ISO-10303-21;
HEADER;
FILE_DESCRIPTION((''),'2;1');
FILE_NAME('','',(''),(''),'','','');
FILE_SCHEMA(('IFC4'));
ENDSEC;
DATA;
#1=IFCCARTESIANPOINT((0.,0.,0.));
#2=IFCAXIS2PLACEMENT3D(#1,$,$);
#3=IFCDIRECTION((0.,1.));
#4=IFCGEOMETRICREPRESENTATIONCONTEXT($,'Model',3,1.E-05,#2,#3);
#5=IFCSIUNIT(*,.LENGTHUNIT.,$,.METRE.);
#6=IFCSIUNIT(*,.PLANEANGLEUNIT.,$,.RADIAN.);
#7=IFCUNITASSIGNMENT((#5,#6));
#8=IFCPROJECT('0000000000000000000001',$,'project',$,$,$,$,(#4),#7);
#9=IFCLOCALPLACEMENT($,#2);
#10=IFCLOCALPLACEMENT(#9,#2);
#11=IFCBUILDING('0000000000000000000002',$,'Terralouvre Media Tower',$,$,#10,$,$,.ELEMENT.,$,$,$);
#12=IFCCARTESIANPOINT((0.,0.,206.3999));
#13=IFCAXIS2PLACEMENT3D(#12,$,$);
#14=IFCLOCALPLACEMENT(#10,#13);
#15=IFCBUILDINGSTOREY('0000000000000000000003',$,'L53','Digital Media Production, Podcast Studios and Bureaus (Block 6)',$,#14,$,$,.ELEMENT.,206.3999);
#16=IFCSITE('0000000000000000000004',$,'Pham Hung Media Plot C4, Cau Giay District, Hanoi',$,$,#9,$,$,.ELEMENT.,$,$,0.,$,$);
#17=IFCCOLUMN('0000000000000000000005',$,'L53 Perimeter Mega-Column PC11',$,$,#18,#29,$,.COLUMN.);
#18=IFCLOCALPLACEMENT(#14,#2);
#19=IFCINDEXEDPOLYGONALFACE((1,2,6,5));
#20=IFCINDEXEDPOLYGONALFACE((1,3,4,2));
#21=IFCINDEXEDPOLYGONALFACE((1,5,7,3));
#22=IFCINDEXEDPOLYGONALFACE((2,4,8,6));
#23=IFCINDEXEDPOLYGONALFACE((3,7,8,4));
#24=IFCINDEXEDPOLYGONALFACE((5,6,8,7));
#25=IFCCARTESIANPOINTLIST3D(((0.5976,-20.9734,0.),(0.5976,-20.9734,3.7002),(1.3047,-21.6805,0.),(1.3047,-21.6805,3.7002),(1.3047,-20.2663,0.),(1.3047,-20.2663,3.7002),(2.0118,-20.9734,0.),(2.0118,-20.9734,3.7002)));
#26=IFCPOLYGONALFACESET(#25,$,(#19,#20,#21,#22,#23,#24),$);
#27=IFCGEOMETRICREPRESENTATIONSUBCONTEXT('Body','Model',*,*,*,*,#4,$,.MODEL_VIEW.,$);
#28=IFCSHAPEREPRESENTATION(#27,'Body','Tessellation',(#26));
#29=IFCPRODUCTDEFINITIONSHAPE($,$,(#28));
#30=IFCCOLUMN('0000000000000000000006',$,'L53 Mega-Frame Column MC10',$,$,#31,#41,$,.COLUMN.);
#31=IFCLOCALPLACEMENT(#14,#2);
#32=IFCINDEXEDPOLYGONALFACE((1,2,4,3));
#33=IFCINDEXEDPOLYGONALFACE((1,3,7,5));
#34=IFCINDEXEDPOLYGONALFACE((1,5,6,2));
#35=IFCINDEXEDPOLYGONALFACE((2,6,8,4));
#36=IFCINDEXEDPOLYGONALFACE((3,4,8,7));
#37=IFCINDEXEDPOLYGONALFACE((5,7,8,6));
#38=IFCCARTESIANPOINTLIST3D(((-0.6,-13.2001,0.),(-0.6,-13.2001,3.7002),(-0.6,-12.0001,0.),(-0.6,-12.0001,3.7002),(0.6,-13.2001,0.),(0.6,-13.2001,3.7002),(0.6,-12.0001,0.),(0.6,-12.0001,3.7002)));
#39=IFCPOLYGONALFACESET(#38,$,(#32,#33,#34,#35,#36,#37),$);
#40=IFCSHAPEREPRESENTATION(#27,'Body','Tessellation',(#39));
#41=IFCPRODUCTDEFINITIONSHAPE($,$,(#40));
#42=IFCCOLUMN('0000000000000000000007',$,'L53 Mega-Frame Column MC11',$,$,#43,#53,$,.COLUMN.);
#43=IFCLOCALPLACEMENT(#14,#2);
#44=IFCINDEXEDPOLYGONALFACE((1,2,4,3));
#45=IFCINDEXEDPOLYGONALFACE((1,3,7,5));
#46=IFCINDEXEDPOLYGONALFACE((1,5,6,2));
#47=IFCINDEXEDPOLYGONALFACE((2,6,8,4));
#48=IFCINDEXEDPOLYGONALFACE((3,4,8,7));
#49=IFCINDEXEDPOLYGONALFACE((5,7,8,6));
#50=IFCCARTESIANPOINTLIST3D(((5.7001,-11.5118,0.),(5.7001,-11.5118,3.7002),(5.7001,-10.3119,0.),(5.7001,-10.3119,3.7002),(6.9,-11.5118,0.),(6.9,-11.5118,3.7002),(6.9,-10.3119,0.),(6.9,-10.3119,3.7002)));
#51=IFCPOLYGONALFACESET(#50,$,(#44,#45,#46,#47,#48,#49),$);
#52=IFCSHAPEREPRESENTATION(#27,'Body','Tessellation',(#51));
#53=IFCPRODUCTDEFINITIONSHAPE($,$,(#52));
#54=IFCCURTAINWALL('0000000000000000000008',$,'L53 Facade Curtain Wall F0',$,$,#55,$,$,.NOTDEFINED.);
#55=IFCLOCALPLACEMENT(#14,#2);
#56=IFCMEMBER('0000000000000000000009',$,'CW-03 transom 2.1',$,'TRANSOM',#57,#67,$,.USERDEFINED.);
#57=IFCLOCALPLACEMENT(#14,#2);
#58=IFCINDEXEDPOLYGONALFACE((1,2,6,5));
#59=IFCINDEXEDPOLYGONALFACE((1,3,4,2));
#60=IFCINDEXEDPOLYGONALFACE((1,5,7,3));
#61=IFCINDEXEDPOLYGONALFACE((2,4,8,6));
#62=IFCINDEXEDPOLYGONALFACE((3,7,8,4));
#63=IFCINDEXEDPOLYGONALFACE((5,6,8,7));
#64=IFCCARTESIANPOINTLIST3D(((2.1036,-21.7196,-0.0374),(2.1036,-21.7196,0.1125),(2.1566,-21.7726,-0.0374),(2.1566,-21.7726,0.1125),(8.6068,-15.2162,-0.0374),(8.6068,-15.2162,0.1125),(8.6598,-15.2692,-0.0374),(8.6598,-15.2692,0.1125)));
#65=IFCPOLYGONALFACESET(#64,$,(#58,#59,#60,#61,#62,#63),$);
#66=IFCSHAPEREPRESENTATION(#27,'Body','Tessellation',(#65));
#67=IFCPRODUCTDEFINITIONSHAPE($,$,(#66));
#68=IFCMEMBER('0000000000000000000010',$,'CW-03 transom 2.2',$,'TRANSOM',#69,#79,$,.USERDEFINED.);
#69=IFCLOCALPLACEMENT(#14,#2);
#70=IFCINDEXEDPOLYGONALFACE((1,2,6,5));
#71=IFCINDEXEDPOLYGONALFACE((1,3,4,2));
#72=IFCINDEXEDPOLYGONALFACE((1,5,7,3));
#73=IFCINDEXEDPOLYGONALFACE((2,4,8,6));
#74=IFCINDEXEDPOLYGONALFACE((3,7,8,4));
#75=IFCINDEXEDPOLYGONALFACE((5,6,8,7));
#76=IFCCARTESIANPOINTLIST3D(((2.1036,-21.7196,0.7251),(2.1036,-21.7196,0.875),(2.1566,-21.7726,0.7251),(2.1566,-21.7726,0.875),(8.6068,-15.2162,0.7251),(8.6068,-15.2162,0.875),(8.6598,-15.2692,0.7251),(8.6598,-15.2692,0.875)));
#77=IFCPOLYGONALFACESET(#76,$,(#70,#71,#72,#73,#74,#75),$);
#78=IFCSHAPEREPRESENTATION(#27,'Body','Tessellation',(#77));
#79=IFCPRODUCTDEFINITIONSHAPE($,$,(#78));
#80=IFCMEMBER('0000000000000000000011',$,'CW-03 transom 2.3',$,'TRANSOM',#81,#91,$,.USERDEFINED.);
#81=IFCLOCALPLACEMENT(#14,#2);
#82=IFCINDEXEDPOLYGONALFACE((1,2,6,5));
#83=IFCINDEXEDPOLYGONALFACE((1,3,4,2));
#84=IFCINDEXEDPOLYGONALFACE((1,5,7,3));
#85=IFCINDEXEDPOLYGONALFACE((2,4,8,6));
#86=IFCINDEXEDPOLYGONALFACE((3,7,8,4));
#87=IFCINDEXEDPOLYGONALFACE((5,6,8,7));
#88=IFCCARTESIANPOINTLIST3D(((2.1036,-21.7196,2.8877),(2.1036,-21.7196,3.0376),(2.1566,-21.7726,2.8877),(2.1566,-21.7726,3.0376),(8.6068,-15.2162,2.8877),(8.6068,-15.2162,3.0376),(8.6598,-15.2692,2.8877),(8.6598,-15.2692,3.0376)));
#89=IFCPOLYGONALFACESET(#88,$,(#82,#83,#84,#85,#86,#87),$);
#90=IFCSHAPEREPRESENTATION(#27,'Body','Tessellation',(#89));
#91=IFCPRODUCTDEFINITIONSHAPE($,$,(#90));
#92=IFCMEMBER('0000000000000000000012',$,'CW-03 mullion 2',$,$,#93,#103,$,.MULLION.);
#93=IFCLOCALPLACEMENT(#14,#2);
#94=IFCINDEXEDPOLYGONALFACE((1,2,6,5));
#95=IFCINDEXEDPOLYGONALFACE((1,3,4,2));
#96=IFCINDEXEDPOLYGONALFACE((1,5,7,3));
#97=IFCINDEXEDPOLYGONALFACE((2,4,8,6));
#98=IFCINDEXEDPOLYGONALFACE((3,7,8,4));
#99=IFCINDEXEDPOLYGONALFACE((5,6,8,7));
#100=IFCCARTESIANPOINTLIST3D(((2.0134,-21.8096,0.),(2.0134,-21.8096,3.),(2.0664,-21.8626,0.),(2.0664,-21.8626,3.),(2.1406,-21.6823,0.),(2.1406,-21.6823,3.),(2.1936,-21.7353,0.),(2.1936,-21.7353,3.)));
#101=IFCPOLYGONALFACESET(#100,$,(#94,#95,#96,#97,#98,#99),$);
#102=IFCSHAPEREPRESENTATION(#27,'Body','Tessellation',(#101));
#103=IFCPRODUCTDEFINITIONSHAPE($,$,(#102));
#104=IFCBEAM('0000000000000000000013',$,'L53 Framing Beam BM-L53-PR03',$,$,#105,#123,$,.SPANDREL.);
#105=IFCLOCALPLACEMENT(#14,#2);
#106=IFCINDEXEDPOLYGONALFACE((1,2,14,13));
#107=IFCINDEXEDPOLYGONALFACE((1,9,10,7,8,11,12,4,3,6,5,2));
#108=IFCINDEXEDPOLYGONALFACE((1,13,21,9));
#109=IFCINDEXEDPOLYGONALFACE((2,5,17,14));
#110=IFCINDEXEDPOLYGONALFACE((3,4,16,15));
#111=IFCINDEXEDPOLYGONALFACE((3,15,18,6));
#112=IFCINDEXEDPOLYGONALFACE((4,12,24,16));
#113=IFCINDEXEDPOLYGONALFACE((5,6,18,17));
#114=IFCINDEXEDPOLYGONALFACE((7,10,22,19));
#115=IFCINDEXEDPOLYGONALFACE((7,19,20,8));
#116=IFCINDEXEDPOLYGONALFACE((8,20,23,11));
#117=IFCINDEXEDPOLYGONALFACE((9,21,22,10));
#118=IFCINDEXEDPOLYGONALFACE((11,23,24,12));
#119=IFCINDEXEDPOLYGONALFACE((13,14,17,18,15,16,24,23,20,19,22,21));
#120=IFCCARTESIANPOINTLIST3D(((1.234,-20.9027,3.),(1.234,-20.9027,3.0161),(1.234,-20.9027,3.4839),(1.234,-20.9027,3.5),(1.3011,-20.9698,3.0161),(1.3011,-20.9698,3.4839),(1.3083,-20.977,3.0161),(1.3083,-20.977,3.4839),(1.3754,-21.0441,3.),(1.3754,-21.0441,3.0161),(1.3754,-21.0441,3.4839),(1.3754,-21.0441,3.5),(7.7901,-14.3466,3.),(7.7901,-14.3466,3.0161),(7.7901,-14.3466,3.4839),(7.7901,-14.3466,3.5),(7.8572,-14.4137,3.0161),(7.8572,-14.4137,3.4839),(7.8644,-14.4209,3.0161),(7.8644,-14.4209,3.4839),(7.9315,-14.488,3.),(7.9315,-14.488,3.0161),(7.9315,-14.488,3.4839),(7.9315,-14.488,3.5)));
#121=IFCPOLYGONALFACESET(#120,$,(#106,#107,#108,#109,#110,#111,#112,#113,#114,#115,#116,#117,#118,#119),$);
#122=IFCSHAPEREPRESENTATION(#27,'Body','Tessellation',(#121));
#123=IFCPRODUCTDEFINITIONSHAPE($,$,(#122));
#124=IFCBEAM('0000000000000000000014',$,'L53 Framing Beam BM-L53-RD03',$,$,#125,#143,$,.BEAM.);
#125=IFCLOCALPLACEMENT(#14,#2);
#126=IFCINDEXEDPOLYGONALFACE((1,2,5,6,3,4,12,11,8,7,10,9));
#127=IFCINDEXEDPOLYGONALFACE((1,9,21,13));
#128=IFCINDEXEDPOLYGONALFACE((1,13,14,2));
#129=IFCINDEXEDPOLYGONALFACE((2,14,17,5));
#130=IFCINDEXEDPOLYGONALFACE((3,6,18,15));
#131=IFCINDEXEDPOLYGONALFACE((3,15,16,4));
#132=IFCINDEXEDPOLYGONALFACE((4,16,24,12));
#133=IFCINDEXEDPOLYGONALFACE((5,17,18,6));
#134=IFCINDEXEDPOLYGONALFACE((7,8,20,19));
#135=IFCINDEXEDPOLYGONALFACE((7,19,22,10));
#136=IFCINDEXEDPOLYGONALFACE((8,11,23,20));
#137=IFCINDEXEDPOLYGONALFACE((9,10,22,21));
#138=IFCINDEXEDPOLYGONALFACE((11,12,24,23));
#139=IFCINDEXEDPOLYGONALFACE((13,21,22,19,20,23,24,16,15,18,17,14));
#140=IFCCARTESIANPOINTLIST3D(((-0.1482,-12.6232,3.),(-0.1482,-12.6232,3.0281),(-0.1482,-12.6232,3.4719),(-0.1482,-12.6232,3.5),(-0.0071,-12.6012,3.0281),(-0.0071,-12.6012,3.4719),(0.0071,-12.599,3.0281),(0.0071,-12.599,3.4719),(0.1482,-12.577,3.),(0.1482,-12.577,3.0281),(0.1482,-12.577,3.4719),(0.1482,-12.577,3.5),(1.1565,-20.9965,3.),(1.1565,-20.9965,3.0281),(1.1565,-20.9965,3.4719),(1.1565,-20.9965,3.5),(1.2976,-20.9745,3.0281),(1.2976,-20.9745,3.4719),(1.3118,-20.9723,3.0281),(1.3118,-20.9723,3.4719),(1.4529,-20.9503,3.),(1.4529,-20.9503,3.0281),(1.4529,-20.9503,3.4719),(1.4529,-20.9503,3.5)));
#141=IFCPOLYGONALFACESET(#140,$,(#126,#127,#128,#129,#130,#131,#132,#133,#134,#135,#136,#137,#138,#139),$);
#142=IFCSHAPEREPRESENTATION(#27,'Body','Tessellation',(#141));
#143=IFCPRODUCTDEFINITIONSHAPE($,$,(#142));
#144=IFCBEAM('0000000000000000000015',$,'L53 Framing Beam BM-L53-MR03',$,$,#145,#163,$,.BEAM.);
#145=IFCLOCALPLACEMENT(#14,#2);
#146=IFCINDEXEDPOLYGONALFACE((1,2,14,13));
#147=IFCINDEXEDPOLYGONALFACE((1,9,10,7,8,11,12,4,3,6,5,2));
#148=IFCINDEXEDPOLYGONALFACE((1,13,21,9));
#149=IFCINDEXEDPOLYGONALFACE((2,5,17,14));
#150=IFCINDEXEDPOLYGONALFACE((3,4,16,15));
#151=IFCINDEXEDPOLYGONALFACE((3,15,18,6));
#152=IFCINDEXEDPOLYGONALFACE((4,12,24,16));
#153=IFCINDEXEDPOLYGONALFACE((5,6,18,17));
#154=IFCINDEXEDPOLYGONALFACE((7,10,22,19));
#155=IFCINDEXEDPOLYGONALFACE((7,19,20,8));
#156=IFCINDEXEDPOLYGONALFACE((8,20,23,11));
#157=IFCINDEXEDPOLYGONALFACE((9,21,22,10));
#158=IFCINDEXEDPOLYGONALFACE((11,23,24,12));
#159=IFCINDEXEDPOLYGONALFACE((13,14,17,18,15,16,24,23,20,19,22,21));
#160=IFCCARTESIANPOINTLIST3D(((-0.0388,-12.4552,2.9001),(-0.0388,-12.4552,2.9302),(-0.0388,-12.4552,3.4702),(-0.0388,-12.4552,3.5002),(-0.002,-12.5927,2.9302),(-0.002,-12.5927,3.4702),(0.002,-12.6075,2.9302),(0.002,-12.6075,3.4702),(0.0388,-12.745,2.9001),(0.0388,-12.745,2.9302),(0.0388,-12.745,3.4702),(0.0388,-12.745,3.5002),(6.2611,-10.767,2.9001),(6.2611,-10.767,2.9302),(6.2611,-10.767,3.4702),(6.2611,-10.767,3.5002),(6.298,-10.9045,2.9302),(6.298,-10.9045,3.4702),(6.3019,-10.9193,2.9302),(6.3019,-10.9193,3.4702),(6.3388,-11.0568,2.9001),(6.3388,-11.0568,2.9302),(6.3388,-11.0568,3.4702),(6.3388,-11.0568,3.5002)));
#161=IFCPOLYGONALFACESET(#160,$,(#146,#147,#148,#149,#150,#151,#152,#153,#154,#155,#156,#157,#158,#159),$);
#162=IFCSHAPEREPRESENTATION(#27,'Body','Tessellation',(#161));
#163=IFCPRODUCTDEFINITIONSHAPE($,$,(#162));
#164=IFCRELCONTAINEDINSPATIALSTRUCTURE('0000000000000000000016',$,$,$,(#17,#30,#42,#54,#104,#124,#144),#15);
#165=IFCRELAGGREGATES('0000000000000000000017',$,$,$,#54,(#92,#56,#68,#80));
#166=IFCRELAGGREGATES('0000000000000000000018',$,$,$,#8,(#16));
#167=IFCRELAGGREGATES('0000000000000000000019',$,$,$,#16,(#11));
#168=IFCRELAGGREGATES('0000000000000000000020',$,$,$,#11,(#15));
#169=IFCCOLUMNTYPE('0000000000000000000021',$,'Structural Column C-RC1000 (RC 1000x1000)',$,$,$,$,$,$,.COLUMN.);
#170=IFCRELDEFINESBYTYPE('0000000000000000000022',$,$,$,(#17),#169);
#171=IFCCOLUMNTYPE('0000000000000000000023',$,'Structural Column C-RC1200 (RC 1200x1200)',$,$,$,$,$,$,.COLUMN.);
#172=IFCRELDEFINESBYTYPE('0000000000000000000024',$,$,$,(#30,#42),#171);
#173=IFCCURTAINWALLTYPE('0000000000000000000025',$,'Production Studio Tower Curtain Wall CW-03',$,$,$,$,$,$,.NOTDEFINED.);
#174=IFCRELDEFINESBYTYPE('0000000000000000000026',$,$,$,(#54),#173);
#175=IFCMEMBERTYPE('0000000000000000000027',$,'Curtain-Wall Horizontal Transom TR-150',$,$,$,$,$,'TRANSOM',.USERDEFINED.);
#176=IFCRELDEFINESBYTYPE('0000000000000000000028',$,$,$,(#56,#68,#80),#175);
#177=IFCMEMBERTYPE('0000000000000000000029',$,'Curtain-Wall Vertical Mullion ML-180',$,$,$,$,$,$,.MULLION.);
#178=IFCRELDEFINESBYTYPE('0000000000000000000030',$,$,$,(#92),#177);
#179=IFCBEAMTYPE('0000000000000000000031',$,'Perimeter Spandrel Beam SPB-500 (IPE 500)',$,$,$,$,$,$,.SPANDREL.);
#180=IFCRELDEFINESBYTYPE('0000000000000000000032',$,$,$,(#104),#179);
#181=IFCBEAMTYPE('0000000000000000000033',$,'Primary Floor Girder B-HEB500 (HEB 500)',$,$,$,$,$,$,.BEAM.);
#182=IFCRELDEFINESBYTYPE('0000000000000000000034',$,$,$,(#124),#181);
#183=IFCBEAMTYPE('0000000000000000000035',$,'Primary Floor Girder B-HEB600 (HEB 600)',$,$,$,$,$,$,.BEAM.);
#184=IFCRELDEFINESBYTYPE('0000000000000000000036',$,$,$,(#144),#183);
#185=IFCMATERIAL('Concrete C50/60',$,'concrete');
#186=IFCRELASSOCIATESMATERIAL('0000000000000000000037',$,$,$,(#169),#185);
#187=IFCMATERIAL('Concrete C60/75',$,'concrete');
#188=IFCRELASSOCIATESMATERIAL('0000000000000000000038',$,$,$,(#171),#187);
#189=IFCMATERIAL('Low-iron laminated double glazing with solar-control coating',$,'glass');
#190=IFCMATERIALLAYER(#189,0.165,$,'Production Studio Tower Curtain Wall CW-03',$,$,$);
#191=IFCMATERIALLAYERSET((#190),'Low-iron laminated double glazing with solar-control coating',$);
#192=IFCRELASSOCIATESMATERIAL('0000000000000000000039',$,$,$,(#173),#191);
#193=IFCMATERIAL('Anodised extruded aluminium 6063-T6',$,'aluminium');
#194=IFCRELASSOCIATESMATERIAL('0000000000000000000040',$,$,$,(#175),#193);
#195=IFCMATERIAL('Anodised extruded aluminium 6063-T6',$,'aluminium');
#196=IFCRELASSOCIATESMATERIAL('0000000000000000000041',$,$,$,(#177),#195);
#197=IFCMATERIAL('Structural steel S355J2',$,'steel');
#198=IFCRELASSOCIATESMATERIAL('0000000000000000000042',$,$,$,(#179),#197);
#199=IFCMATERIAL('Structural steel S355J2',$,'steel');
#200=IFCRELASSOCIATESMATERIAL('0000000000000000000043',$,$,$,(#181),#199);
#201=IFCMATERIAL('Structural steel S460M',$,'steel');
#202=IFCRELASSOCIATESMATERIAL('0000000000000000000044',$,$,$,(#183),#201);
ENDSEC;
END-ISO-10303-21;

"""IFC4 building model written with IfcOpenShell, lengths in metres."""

from ifc_helpers import new_model, si_unit, direction, frame, origin, origin_2d, place, context, subcontext, project, spatial, rectangle, i_section, extrude, material, layer, layer_set, material_profile, profile_set, type_object, element, aggregate, save


model = new_model("IFC4")

# Units and contexts
model_context = context("Model", 3, precision=1e-05, world=origin(), true_north=direction((0.0, 1.0)))
body_context = subcontext(model_context, "Body", "Model", "MODEL_VIEW")
ifc_project = project(units=[si_unit("LENGTHUNIT", "METRE"), si_unit("PLANEANGLEUNIT", "RADIAN")], contexts=[model_context])

# Site, building, storey
site_placement = place(None, origin())
site = spatial("IfcSite", under=ifc_project, at=site_placement, Name="Pham Hung Media Plot C4, Cau Giay District, Hanoi", CompositionType="ELEMENT", RefElevation=0.0)
building_placement = place(site_placement, origin())
building = spatial("IfcBuilding", under=site, at=building_placement, Name="Terralouvre Media Tower", CompositionType="ELEMENT")
storey_placement = place(building_placement, frame((0.0, 0.0, 206.3999)))
storey = spatial("IfcBuildingStorey", under=building, at=storey_placement, Name="L53", Description="Digital Media Production, Podcast Studios and Bureaus (Block 6)", CompositionType="ELEMENT", Elevation=206.3999)

# Columns
ifc_material_1 = material(Name="Concrete C50/60", Category="concrete")
ifc_material_profile_1 = material_profile(ifc_material_1, rectangle(XDim=1.0, YDim=1.0, at=origin_2d()), Name="RC 1000x1000")
ifc_profile_set_1 = profile_set([ifc_material_profile_1], Name="Concrete C50/60")
column_type_1 = type_object("IfcColumnType", Name="Structural Column C-RC1000 (RC 1000x1000)", PredefinedType="COLUMN", material=ifc_profile_set_1)
column_placement = place(storey_placement, frame((1.3047, -20.9734, 0.0), z_axis=(0.0, 0.0, 1.0), x_axis=(0.707107, 0.707107, 0.0)))
element("IfcColumn", 1, at=column_placement, inside=storey, type_object=column_type_1, Name="L53 Perimeter Mega-Column PC11", PredefinedType="COLUMN", context=body_context, shape_type="SweptSolid", body=[
    extrude(rectangle(XDim=1.0, YDim=1.0, at=origin_2d()), origin(), (0.0, 0.0, 1.0), 3.7002),
])
ifc_material_2 = material(Name="Concrete C60/75", Category="concrete")
ifc_material_profile_2 = material_profile(ifc_material_2, rectangle(XDim=1.2, YDim=1.2, at=origin_2d()), Name="RC 1200x1200")
ifc_profile_set_2 = profile_set([ifc_material_profile_2], Name="Concrete C60/75")
column_type_2 = type_object("IfcColumnType", Name="Structural Column C-RC1200 (RC 1200x1200)", PredefinedType="COLUMN", material=ifc_profile_set_2)
for number, where, z_axis, x_axis, name in (
    (2, (0.0, -12.6001, 0.0), (0.0, 0.0, 1.0), (1.0, 0.0, 0.0), "L53 Mega-Frame Column MC10"),
    (3, (6.3, -10.9119, 0.0), (0.0, 0.0, 1.0), (1.0, 0.0, 0.0), "L53 Mega-Frame Column MC11"),
):
    element("IfcColumn", number, at=place(storey_placement, frame(where, z_axis=z_axis, x_axis=x_axis)), inside=storey, type_object=column_type_2, Name=name, PredefinedType="COLUMN", context=body_context, shape_type="SweptSolid", body=[
        extrude(rectangle(XDim=1.2, YDim=1.2, at=origin_2d()), origin(), (0.0, 0.0, 1.0), 3.7002),
    ])

# Curtain wall, members
ifc_material_3 = material(Name="Low-iron laminated double glazing with solar-control coating", Category="glass")
ifc_layer_1 = layer(ifc_material_3, 0.165, Name="Production Studio Tower Curtain Wall CW-03")
ifc_layer_set_1 = layer_set([ifc_layer_1], Name="Low-iron laminated double glazing with solar-control coating")
curtain_wall_type = type_object("IfcCurtainWallType", Name="Production Studio Tower Curtain Wall CW-03", PredefinedType="NOTDEFINED", material=ifc_layer_set_1)
curtain_wall_placement = place(storey_placement, origin())
curtain_wall = element("IfcCurtainWall", 4, at=curtain_wall_placement, inside=storey, type_object=curtain_wall_type, Name="L53 Facade Curtain Wall F0", PredefinedType="NOTDEFINED")
ifc_material_4 = material(Name="Anodised extruded aluminium 6063-T6", Category="aluminium")
ifc_material_profile_3 = material_profile(ifc_material_4, rectangle(XDim=0.075, YDim=0.1499, at=origin_2d()), Name="ALU 75x150")
ifc_profile_set_3 = profile_set([ifc_material_profile_3], Name="Anodised extruded aluminium 6063-T6")
member_type_1 = type_object("IfcMemberType", Name="Curtain-Wall Horizontal Transom TR-150", ElementType="TRANSOM", PredefinedType="USERDEFINED", material=ifc_profile_set_3)
member_1_placement = place(storey_placement, frame((2.1301, -21.7461, 0.0376), z_axis=(0.707094, 0.70712, 0.0), x_axis=(-0.70712, 0.707094, 0.0)))
member_1 = element("IfcMember", 5, at=member_1_placement, type_object=member_type_1, Name="CW-03 transom 2.1", ObjectType="TRANSOM", PredefinedType="USERDEFINED", context=body_context, shape_type="SweptSolid", body=[
    extrude(rectangle(XDim=0.075, YDim=0.1499, at=origin_2d()), origin(), (0.0, 0.0, 1.0), 9.197),
])
member_2_placement = place(storey_placement, frame((2.1301, -21.7461, 0.8), z_axis=(0.707094, 0.70712, 0.0), x_axis=(-0.70712, 0.707094, 0.0)))
member_2 = element("IfcMember", 6, at=member_2_placement, type_object=member_type_1, Name="CW-03 transom 2.2", ObjectType="TRANSOM", PredefinedType="USERDEFINED", context=body_context, shape_type="SweptSolid", body=[
    extrude(rectangle(XDim=0.075, YDim=0.1499, at=origin_2d()), origin(), (0.0, 0.0, 1.0), 9.197),
])
member_3_placement = place(storey_placement, frame((2.1301, -21.7461, 2.9626), z_axis=(0.707094, 0.70712, 0.0), x_axis=(-0.70712, 0.707094, 0.0)))
member_3 = element("IfcMember", 7, at=member_3_placement, type_object=member_type_1, Name="CW-03 transom 2.3", ObjectType="TRANSOM", PredefinedType="USERDEFINED", context=body_context, shape_type="SweptSolid", body=[
    extrude(rectangle(XDim=0.075, YDim=0.1499, at=origin_2d()), origin(), (0.0, 0.0, 1.0), 9.197),
])
ifc_material_5 = material(Name="Anodised extruded aluminium 6063-T6", Category="aluminium")
ifc_material_profile_4 = material_profile(ifc_material_5, rectangle(XDim=0.075, YDim=0.1799, at=origin_2d()), Name="ALU 75x180")
ifc_profile_set_4 = profile_set([ifc_material_profile_4], Name="Anodised extruded aluminium 6063-T6")
member_type_2 = type_object("IfcMemberType", Name="Curtain-Wall Vertical Mullion ML-180", PredefinedType="MULLION", material=ifc_profile_set_4)
member_4_placement = place(storey_placement, frame((2.1035, -21.7725, 0.0), z_axis=(0.0, 0.0, 1.0), x_axis=(-0.707107, 0.707107, 0.0)))
member_4 = element("IfcMember", 8, at=member_4_placement, type_object=member_type_2, Name="CW-03 mullion 2", PredefinedType="MULLION", context=body_context, shape_type="SweptSolid", body=[
    extrude(rectangle(XDim=0.075, YDim=0.1799, at=origin_2d()), origin(), (0.0, 0.0, 1.0), 3.0),
])

# Beams
ifc_material_6 = material(Name="Structural steel S355J2", Category="steel")
ifc_material_profile_5 = material_profile(ifc_material_6, i_section(OverallWidth=0.2, OverallDepth=0.5, WebThickness=0.0103, FlangeThickness=0.0161, at=origin_2d()), Name="IPE 500")
ifc_profile_set_5 = profile_set([ifc_material_profile_5], Name="Structural steel S355J2")
beam_type_1 = type_object("IfcBeamType", Name="Perimeter Spandrel Beam SPB-500 (IPE 500)", PredefinedType="SPANDREL", material=ifc_profile_set_5)
beam_1_placement = place(storey_placement, frame((1.3047, -20.9734, 3.25), z_axis=(0.707107, 0.707107, 0.0), x_axis=(-0.707107, 0.707107, 0.0)))
element("IfcBeam", 9, at=beam_1_placement, inside=storey, type_object=beam_type_1, Name="L53 Framing Beam BM-L53-PR03", PredefinedType="SPANDREL", context=body_context, shape_type="SweptSolid", body=[
    extrude(i_section(OverallWidth=0.2, OverallDepth=0.5, WebThickness=0.0103, FlangeThickness=0.0161, at=origin_2d()), origin(), (0.0, 0.0, 1.0), 9.2717),
])
ifc_material_7 = material(Name="Structural steel S355J2", Category="steel")
ifc_material_profile_6 = material_profile(ifc_material_7, i_section(OverallWidth=0.3, OverallDepth=0.5, WebThickness=0.0144, FlangeThickness=0.0281, at=origin_2d()), Name="HEB 500")
ifc_profile_set_6 = profile_set([ifc_material_profile_6], Name="Structural steel S355J2")
beam_type_2 = type_object("IfcBeamType", Name="Primary Floor Girder B-HEB500 (HEB 500)", PredefinedType="BEAM", material=ifc_profile_set_6)
beam_2_placement = place(storey_placement, frame((0.0, -12.6001, 3.25), z_axis=(0.153958, -0.988077, 0.0), x_axis=(0.988077, 0.153958, 0.0)))
element("IfcBeam", 10, at=beam_2_placement, inside=storey, type_object=beam_type_2, Name="L53 Framing Beam BM-L53-RD03", PredefinedType="BEAM", context=body_context, shape_type="SweptSolid", body=[
    extrude(i_section(OverallWidth=0.3, OverallDepth=0.5, WebThickness=0.0144, FlangeThickness=0.0281, at=origin_2d()), origin(), (0.0, 0.0, 1.0), 8.4744),
])
ifc_material_8 = material(Name="Structural steel S460M", Category="steel")
ifc_material_profile_7 = material_profile(ifc_material_8, i_section(OverallWidth=0.3, OverallDepth=0.6001, WebThickness=0.0154, FlangeThickness=0.03, at=origin_2d()), Name="HEB 600")
ifc_profile_set_7 = profile_set([ifc_material_profile_7], Name="Structural steel S460M")
beam_type_3 = type_object("IfcBeamType", Name="Primary Floor Girder B-HEB600 (HEB 600)", PredefinedType="BEAM", material=ifc_profile_set_7)
beam_3_placement = place(storey_placement, frame((0.0, -12.6001, 3.2002), z_axis=(0.96592, 0.258839, 0.0), x_axis=(-0.258839, 0.96592, 0.0)))
element("IfcBeam", 11, at=beam_3_placement, inside=storey, type_object=beam_type_3, Name="L53 Framing Beam BM-L53-MR03", PredefinedType="BEAM", context=body_context, shape_type="SweptSolid", body=[
    extrude(i_section(OverallWidth=0.3, OverallDepth=0.6001, WebThickness=0.0154, FlangeThickness=0.03, at=origin_2d()), origin(), (0.0, 0.0, 1.0), 6.5222),
])

aggregate(curtain_wall, [member_4, member_1, member_2, member_3])

save(model, "model.ifc")
